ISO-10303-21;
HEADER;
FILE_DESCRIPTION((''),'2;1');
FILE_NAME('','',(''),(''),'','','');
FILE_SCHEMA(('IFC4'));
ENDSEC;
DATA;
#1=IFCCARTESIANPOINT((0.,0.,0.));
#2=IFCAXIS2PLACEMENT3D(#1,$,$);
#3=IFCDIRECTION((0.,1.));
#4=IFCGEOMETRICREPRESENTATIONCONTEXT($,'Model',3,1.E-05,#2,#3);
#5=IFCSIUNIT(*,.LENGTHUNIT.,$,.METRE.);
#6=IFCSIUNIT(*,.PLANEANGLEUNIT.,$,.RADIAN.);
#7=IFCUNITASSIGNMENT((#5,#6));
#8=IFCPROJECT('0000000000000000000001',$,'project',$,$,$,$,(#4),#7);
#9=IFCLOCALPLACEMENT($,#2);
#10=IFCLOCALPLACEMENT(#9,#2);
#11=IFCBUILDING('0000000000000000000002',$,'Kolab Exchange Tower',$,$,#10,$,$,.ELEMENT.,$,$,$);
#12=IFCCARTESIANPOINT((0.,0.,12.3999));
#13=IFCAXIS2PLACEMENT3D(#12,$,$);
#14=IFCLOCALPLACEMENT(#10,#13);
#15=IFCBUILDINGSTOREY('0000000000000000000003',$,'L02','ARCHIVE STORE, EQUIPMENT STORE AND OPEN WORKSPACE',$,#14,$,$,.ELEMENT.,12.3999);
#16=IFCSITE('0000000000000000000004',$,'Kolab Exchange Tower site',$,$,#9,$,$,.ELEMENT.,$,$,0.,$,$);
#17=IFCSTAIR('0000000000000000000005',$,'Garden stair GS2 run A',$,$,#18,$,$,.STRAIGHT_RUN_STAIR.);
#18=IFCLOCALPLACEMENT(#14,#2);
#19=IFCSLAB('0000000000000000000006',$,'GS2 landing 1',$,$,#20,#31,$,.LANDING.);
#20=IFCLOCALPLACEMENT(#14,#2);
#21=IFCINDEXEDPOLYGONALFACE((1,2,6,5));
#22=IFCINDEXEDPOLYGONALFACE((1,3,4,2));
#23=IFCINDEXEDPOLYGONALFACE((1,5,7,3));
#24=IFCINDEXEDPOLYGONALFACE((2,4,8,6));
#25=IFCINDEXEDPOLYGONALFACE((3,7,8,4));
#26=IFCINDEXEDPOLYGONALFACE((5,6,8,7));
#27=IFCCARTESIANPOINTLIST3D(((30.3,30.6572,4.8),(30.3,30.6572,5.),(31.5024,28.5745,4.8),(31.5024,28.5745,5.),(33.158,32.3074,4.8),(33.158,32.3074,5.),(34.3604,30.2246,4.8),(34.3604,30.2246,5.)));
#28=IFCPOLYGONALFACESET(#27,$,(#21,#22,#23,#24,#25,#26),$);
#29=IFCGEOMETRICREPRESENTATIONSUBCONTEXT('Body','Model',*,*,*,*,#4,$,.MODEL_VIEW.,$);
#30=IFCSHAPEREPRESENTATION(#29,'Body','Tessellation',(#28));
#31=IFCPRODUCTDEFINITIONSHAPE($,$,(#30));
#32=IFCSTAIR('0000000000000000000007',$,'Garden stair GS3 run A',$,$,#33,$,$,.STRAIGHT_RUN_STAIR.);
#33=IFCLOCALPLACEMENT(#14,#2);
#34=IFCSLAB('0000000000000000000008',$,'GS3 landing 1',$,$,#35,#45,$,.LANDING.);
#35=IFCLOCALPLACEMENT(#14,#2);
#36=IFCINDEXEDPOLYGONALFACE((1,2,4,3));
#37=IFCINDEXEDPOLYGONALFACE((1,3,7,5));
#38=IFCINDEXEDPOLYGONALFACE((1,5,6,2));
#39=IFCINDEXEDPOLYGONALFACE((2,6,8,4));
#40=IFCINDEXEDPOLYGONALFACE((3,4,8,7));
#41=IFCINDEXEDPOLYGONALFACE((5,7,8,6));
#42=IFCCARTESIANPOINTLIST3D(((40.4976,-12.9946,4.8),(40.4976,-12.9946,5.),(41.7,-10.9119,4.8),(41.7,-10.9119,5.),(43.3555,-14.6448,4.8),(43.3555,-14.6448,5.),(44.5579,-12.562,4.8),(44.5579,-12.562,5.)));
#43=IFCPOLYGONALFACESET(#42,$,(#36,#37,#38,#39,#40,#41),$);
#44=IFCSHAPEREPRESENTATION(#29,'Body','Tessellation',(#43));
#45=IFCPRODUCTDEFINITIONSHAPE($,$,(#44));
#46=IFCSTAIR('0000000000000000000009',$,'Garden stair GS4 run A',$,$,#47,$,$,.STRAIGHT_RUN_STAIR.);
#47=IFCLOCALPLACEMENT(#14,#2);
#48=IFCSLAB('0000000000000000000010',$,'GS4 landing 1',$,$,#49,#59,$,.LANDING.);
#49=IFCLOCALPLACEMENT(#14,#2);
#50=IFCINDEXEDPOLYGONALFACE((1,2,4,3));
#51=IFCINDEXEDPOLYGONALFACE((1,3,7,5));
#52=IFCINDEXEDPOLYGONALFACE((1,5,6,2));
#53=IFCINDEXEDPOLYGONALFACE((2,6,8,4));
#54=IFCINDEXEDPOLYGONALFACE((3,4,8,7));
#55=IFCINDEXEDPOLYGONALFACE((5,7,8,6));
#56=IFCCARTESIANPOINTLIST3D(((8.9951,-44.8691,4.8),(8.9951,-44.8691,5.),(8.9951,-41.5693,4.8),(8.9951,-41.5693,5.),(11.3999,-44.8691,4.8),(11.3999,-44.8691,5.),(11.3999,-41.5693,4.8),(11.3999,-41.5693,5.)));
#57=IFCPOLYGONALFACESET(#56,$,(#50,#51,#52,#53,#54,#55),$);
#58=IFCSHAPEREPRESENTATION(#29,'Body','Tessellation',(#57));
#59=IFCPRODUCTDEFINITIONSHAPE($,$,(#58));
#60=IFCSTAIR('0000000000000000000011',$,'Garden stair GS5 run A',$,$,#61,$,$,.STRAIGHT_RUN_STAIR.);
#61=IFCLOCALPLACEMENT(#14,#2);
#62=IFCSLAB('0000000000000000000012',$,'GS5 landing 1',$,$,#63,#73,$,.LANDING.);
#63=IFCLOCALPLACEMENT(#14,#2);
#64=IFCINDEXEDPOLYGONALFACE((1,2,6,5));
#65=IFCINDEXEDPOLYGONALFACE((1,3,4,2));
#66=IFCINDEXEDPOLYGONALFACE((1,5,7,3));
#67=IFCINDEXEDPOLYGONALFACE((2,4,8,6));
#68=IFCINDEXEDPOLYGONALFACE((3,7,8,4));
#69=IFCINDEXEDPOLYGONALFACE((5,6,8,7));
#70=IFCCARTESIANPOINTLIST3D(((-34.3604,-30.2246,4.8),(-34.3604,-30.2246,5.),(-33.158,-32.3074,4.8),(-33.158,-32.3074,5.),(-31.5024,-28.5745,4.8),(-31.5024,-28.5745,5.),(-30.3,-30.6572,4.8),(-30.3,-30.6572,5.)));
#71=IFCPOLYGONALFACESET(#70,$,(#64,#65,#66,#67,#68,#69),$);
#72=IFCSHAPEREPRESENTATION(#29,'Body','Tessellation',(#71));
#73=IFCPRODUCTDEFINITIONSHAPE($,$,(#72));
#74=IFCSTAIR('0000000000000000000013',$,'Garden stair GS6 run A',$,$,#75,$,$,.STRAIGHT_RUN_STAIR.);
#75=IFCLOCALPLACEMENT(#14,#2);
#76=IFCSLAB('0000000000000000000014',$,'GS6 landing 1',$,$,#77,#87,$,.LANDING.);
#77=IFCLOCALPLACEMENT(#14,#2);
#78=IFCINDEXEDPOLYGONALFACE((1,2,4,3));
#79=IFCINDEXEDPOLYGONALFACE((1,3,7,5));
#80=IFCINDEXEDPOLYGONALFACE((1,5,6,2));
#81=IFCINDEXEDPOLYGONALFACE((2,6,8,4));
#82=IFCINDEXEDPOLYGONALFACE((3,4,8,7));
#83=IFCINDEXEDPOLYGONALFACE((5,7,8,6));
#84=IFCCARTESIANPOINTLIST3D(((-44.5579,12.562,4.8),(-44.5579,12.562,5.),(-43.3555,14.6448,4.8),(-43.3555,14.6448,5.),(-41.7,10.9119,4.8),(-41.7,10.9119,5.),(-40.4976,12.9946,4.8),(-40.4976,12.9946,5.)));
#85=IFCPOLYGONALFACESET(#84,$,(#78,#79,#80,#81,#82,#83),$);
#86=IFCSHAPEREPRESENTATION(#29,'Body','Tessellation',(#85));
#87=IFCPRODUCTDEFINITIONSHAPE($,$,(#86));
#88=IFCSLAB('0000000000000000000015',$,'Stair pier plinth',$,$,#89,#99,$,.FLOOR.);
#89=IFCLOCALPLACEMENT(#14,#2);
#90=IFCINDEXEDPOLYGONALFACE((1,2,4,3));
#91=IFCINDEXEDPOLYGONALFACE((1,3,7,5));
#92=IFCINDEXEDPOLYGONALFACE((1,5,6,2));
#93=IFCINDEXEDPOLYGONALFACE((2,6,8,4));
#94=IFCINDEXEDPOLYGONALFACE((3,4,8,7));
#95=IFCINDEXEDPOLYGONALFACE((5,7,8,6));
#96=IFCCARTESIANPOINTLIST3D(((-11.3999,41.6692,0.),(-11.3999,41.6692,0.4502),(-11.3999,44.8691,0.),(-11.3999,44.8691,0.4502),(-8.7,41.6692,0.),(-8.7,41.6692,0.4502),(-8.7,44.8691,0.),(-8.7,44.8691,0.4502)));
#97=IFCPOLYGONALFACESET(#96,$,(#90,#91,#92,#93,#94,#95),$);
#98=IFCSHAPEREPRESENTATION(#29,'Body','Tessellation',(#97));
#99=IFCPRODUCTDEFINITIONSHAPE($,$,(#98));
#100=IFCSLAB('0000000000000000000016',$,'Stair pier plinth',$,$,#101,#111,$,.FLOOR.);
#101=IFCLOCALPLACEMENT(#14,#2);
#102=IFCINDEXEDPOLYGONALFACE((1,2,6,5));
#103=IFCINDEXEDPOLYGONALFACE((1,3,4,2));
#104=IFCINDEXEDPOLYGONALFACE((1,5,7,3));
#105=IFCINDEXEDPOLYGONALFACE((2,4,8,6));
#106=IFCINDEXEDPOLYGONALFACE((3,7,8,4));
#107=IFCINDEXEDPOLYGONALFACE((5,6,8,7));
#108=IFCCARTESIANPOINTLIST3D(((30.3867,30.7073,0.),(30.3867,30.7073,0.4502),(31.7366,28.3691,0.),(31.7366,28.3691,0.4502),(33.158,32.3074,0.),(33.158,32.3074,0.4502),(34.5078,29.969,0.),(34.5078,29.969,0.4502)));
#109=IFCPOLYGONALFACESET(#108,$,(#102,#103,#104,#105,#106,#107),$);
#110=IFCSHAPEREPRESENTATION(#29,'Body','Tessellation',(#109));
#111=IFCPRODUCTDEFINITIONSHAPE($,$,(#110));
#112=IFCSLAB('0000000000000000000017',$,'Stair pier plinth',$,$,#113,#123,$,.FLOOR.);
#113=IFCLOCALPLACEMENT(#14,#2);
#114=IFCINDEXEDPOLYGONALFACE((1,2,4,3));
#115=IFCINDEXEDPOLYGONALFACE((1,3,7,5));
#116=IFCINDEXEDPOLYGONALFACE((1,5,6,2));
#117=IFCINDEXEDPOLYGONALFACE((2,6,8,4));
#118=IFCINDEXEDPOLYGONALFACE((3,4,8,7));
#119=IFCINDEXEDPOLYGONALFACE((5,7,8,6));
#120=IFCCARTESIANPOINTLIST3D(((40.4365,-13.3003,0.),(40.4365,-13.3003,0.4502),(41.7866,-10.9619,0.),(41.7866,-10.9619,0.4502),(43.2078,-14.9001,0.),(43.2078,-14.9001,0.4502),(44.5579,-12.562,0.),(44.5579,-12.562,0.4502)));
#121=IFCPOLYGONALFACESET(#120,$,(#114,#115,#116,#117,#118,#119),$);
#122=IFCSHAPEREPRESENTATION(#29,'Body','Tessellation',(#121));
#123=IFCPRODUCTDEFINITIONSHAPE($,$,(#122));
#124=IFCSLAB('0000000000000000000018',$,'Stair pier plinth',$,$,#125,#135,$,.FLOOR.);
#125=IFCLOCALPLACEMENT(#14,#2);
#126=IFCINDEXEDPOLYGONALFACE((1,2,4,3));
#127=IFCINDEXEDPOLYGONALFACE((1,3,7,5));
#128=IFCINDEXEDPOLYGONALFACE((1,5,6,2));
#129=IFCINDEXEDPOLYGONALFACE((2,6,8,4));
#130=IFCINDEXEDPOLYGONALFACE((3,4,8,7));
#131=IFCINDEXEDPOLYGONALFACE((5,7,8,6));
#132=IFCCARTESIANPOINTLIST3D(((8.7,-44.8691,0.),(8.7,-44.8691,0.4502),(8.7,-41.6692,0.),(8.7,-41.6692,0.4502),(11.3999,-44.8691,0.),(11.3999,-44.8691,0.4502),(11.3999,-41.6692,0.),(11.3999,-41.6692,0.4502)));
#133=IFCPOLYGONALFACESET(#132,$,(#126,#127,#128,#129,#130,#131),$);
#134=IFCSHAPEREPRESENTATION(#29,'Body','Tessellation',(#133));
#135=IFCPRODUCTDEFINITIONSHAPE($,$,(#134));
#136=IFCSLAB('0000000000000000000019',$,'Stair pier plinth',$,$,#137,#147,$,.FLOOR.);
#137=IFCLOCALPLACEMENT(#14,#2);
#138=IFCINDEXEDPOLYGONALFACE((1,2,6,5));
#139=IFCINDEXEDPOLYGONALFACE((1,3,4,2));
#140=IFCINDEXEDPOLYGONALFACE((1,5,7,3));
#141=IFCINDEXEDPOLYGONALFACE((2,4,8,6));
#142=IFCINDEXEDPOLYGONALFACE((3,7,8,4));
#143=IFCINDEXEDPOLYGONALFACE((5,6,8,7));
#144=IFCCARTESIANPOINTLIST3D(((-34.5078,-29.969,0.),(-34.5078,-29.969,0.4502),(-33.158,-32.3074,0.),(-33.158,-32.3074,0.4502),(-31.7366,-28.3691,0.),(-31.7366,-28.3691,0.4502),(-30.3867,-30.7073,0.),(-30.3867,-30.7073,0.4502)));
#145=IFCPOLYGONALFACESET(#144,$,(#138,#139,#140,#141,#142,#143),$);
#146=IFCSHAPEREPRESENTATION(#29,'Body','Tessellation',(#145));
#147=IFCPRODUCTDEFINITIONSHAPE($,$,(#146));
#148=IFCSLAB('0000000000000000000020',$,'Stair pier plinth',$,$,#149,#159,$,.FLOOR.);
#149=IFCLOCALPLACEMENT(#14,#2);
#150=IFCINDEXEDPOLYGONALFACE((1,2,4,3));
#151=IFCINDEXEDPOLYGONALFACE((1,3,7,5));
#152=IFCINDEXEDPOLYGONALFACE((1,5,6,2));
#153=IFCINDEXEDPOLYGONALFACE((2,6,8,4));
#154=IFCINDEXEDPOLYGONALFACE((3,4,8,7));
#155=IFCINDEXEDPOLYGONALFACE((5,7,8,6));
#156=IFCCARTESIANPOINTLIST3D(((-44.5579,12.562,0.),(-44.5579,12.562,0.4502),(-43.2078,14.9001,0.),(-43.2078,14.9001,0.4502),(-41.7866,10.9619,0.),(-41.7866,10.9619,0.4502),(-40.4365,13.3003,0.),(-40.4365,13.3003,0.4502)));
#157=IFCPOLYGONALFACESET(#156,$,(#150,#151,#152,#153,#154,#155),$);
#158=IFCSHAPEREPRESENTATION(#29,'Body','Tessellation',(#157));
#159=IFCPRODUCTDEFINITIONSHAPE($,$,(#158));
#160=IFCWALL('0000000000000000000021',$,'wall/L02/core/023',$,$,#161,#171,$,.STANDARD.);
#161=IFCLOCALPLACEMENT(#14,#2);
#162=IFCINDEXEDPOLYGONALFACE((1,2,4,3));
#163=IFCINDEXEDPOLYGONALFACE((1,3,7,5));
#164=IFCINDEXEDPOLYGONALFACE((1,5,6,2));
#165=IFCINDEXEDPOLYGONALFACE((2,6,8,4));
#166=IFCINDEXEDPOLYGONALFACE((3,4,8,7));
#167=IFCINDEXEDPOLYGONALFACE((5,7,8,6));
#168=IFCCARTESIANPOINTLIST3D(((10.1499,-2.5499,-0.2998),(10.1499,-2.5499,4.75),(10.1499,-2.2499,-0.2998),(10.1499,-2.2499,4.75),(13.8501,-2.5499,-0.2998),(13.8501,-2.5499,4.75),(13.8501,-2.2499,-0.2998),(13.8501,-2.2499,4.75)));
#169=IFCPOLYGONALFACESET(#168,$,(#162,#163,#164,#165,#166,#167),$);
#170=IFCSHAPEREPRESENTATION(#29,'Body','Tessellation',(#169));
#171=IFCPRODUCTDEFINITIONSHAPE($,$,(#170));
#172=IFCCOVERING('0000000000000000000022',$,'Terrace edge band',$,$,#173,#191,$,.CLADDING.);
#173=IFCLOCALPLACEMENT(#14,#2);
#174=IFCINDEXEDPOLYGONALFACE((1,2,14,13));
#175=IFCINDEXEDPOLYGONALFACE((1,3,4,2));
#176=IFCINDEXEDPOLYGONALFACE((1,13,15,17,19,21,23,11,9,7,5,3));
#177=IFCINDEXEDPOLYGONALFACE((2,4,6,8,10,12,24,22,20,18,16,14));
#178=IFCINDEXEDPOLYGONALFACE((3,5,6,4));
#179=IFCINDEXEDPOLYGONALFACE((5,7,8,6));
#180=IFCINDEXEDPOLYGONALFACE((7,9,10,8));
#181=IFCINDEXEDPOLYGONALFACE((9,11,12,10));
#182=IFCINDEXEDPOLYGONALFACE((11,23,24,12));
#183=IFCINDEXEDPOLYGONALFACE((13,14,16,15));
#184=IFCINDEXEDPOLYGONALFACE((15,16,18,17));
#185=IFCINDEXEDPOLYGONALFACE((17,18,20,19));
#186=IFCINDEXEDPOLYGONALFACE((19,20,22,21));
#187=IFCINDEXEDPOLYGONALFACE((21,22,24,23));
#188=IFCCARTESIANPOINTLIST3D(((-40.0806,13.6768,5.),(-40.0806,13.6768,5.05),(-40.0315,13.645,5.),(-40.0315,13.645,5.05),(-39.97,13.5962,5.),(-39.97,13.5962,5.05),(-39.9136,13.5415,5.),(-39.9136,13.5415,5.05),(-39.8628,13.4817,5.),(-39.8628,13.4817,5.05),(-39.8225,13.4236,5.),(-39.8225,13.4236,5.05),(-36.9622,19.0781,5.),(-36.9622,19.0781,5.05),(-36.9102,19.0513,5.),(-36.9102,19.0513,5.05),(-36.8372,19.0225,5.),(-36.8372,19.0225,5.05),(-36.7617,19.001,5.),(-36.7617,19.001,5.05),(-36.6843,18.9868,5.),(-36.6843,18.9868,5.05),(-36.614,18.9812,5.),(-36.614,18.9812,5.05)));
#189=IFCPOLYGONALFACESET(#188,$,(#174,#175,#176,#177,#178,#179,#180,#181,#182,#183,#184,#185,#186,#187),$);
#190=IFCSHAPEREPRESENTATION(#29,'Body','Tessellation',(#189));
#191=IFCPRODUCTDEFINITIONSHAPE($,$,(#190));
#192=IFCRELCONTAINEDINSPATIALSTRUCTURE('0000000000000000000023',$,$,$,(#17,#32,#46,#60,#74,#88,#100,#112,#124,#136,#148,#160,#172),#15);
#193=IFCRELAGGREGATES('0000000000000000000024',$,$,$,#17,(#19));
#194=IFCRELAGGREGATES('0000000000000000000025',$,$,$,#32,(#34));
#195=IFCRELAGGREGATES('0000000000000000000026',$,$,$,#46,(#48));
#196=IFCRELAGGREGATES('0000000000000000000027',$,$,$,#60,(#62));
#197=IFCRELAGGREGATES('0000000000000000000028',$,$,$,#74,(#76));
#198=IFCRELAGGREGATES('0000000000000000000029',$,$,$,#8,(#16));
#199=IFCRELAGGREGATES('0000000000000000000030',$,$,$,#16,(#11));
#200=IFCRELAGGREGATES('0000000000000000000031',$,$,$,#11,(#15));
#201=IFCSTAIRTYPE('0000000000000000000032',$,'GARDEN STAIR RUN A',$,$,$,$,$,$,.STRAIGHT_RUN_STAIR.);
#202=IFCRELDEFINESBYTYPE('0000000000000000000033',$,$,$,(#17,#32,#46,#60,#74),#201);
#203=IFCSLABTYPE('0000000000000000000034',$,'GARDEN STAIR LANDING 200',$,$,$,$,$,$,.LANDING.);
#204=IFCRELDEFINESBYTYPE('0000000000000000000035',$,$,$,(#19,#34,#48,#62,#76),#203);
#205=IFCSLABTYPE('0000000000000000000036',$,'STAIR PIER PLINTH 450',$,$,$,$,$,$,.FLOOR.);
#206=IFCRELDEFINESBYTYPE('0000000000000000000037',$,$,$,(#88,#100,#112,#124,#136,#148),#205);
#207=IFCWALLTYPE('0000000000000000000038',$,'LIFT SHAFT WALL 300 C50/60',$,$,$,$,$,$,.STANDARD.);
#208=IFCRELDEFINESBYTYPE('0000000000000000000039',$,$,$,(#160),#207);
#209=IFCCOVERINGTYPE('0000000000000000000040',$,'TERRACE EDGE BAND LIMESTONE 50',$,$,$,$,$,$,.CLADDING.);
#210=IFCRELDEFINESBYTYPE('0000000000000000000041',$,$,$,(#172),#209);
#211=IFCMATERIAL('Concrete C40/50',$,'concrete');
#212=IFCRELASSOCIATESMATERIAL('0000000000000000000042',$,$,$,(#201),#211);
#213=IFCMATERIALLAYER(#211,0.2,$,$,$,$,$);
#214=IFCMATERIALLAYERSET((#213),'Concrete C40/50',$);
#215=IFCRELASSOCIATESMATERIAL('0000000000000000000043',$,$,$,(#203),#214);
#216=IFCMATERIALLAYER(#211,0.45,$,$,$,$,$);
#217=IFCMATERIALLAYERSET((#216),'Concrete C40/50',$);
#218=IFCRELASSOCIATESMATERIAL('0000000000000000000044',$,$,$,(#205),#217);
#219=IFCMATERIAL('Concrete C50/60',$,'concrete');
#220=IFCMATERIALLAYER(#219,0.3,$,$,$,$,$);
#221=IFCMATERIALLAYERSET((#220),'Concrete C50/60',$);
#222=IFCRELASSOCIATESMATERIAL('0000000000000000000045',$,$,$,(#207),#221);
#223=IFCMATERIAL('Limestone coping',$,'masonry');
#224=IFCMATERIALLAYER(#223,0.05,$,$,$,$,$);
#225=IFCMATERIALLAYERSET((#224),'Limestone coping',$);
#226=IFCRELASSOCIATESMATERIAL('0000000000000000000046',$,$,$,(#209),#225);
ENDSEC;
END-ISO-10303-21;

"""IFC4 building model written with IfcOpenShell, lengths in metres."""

from ifc_helpers import new_model, si_unit, direction, frame, frame_2d, origin, place, context, subcontext, project, spatial, polyline, rectangle, outline, extrude, material, layer, layer_set, type_object, element, aggregate, save


model = new_model("IFC4")

# Units and contexts
model_context = context("Model", 3, precision=1e-05, world=origin(), true_north=direction((0.0, 1.0)))
body_context = subcontext(model_context, "Body", "Model", "MODEL_VIEW")
ifc_project = project(units=[si_unit("LENGTHUNIT", "METRE"), si_unit("PLANEANGLEUNIT", "RADIAN")], contexts=[model_context])

# Site, building, storey
site_placement = place(None, origin())
site = spatial("IfcSite", under=ifc_project, at=site_placement, Name="Kolab Exchange Tower site", CompositionType="ELEMENT", RefElevation=0.0)
building_placement = place(site_placement, origin())
building = spatial("IfcBuilding", under=site, at=building_placement, Name="Kolab Exchange Tower", CompositionType="ELEMENT")
storey_placement = place(building_placement, frame((0.0, 0.0, 12.3999)))
storey = spatial("IfcBuildingStorey", under=building, at=storey_placement, Name="L02", Description="ARCHIVE STORE, EQUIPMENT STORE AND OPEN WORKSPACE", CompositionType="ELEMENT", Elevation=12.3999)

# Stairs, slabs
ifc_material_1 = material(Name="Concrete C40/50", Category="concrete")
stair_type = type_object("IfcStairType", Name="GARDEN STAIR RUN A", PredefinedType="STRAIGHT_RUN_STAIR", material=ifc_material_1)
stair_1_placement = place(storey_placement, origin())
stair_1 = element("IfcStair", 1, at=stair_1_placement, inside=storey, type_object=stair_type, Name="Garden stair GS2 run A", PredefinedType="STRAIGHT_RUN_STAIR")
ifc_layer_1 = layer(ifc_material_1, 0.2)
ifc_layer_set_1 = layer_set([ifc_layer_1], Name="Concrete C40/50")
slab_type_1 = type_object("IfcSlabType", Name="GARDEN STAIR LANDING 200", PredefinedType="LANDING", material=ifc_layer_set_1)
slab_1_placement = place(storey_placement, frame((0.0, 0.0, 4.8)))
slab_1 = element("IfcSlab", 2, at=slab_1_placement, type_object=slab_type_1, Name="GS2 landing 1", PredefinedType="LANDING", context=body_context, shape_type="SweptSolid", body=[
    extrude(outline(polyline([(30.3, 30.6572), (31.5024, 28.5745), (34.3604, 30.2246), (33.158, 32.3074), (30.3, 30.6572)])), origin(), (0.0, 0.0, 1.0), 0.2),
])
aggregate(stair_1, [slab_1])
stair_2_placement = place(storey_placement, origin())
stair_2 = element("IfcStair", 3, at=stair_2_placement, inside=storey, type_object=stair_type, Name="Garden stair GS3 run A", PredefinedType="STRAIGHT_RUN_STAIR")
slab_2_placement = place(storey_placement, frame((0.0, 0.0, 4.8)))
slab_2 = element("IfcSlab", 4, at=slab_2_placement, type_object=slab_type_1, Name="GS3 landing 1", PredefinedType="LANDING", context=body_context, shape_type="SweptSolid", body=[
    extrude(outline(polyline([(41.7, -10.9119), (40.4976, -12.9946), (43.3555, -14.6448), (44.5579, -12.562), (41.7, -10.9119)])), origin(), (0.0, 0.0, 1.0), 0.2),
])
aggregate(stair_2, [slab_2])
stair_3_placement = place(storey_placement, origin())
stair_3 = element("IfcStair", 5, at=stair_3_placement, inside=storey, type_object=stair_type, Name="Garden stair GS4 run A", PredefinedType="STRAIGHT_RUN_STAIR")
slab_3_placement = place(storey_placement, frame((0.0, 0.0, 4.8)))
slab_3 = element("IfcSlab", 6, at=slab_3_placement, type_object=slab_type_1, Name="GS4 landing 1", PredefinedType="LANDING", context=body_context, shape_type="SweptSolid", body=[
    extrude(outline(polyline([(11.3999, -41.5693), (8.9951, -41.5693), (8.9951, -44.8691), (11.3999, -44.8691), (11.3999, -41.5693)])), origin(), (0.0, 0.0, 1.0), 0.2),
])
aggregate(stair_3, [slab_3])
stair_4_placement = place(storey_placement, origin())
stair_4 = element("IfcStair", 7, at=stair_4_placement, inside=storey, type_object=stair_type, Name="Garden stair GS5 run A", PredefinedType="STRAIGHT_RUN_STAIR")
slab_4_placement = place(storey_placement, frame((0.0, 0.0, 4.8)))
slab_4 = element("IfcSlab", 8, at=slab_4_placement, type_object=slab_type_1, Name="GS5 landing 1", PredefinedType="LANDING", context=body_context, shape_type="SweptSolid", body=[
    extrude(outline(polyline([(-30.3, -30.6572), (-31.5024, -28.5745), (-34.3604, -30.2246), (-33.158, -32.3074), (-30.3, -30.6572)])), origin(), (0.0, 0.0, 1.0), 0.2),
])
aggregate(stair_4, [slab_4])
stair_5_placement = place(storey_placement, origin())
stair_5 = element("IfcStair", 9, at=stair_5_placement, inside=storey, type_object=stair_type, Name="Garden stair GS6 run A", PredefinedType="STRAIGHT_RUN_STAIR")
slab_5_placement = place(storey_placement, frame((0.0, 0.0, 4.8)))
slab_5 = element("IfcSlab", 10, at=slab_5_placement, type_object=slab_type_1, Name="GS6 landing 1", PredefinedType="LANDING", context=body_context, shape_type="SweptSolid", body=[
    extrude(outline(polyline([(-41.7, 10.9119), (-40.4976, 12.9946), (-43.3555, 14.6448), (-44.5579, 12.562), (-41.7, 10.9119)])), origin(), (0.0, 0.0, 1.0), 0.2),
])
aggregate(stair_5, [slab_5])

# Slabs
ifc_layer_2 = layer(ifc_material_1, 0.45)
ifc_layer_set_2 = layer_set([ifc_layer_2], Name="Concrete C40/50")
slab_type_2 = type_object("IfcSlabType", Name="STAIR PIER PLINTH 450", PredefinedType="FLOOR", material=ifc_layer_set_2)
slab_6_placement = place(storey_placement, origin())
element("IfcSlab", 11, at=slab_6_placement, inside=storey, type_object=slab_type_2, Name="Stair pier plinth", PredefinedType="FLOOR", context=body_context, shape_type="SweptSolid", body=[
    extrude(outline(polyline([(-11.3999, 41.6692), (-8.7, 41.6692), (-8.7, 44.8691), (-11.3999, 44.8691), (-11.3999, 41.6692)])), origin(), (0.0, 0.0, 1.0), 0.4502),
])
slab_7_placement = place(storey_placement, origin())
element("IfcSlab", 12, at=slab_7_placement, inside=storey, type_object=slab_type_2, Name="Stair pier plinth", PredefinedType="FLOOR", context=body_context, shape_type="SweptSolid", body=[
    extrude(outline(polyline([(30.3867, 30.7073), (31.7366, 28.3691), (34.5078, 29.969), (33.158, 32.3074), (30.3867, 30.7073)])), origin(), (0.0, 0.0, 1.0), 0.4502),
])
slab_8_placement = place(storey_placement, origin())
element("IfcSlab", 13, at=slab_8_placement, inside=storey, type_object=slab_type_2, Name="Stair pier plinth", PredefinedType="FLOOR", context=body_context, shape_type="SweptSolid", body=[
    extrude(outline(polyline([(41.7866, -10.9619), (40.4365, -13.3003), (43.2078, -14.9001), (44.5579, -12.562), (41.7866, -10.9619)])), origin(), (0.0, 0.0, 1.0), 0.4502),
])
slab_9_placement = place(storey_placement, origin())
element("IfcSlab", 14, at=slab_9_placement, inside=storey, type_object=slab_type_2, Name="Stair pier plinth", PredefinedType="FLOOR", context=body_context, shape_type="SweptSolid", body=[
    extrude(outline(polyline([(11.3999, -41.6692), (8.7, -41.6692), (8.7, -44.8691), (11.3999, -44.8691), (11.3999, -41.6692)])), origin(), (0.0, 0.0, 1.0), 0.4502),
])
slab_10_placement = place(storey_placement, origin())
element("IfcSlab", 15, at=slab_10_placement, inside=storey, type_object=slab_type_2, Name="Stair pier plinth", PredefinedType="FLOOR", context=body_context, shape_type="SweptSolid", body=[
    extrude(outline(polyline([(-30.3867, -30.7073), (-31.7366, -28.3691), (-34.5078, -29.969), (-33.158, -32.3074), (-30.3867, -30.7073)])), origin(), (0.0, 0.0, 1.0), 0.4502),
])
slab_11_placement = place(storey_placement, origin())
element("IfcSlab", 16, at=slab_11_placement, inside=storey, type_object=slab_type_2, Name="Stair pier plinth", PredefinedType="FLOOR", context=body_context, shape_type="SweptSolid", body=[
    extrude(outline(polyline([(-41.7866, 10.9619), (-40.4365, 13.3003), (-43.2078, 14.9001), (-44.5579, 12.562), (-41.7866, 10.9619)])), origin(), (0.0, 0.0, 1.0), 0.4502),
])

# Wall
ifc_material_2 = material(Name="Concrete C50/60", Category="concrete")
ifc_layer_3 = layer(ifc_material_2, 0.3)
ifc_layer_set_3 = layer_set([ifc_layer_3], Name="Concrete C50/60")
wall_type = type_object("IfcWallType", Name="LIFT SHAFT WALL 300 C50/60", PredefinedType="STANDARD", material=ifc_layer_set_3)
wall_placement = place(storey_placement, frame((10.1499, -2.3999, -0.2998), z_axis=(0.0, 0.0, 1.0), x_axis=(1.0, 0.0, 0.0)))
element("IfcWall", 17, at=wall_placement, inside=storey, type_object=wall_type, Name="wall/L02/core/023", PredefinedType="STANDARD", context=body_context, shape_type="SweptSolid", body=[
    extrude(rectangle(XDim=3.7002, YDim=0.3, at=frame_2d((1.8501, 0.0))), origin(), (0.0, 0.0, 1.0), 5.0498),
])

# Covering
ifc_material_3 = material(Name="Limestone coping", Category="masonry")
ifc_layer_4 = layer(ifc_material_3, 0.05)
ifc_layer_set_4 = layer_set([ifc_layer_4], Name="Limestone coping")
covering_type_1 = type_object("IfcCoveringType", Name="TERRACE EDGE BAND LIMESTONE 50", PredefinedType="CLADDING", material=ifc_layer_set_4)
covering_1_placement = place(storey_placement, frame((0.0, 0.0, 5.0)))
element("IfcCovering", 18, at=covering_1_placement, inside=storey, type_object=covering_type_1, Name="Terrace edge band", PredefinedType="CLADDING", context=body_context, shape_type="SweptSolid", body=[
    extrude(outline(polyline([(-36.9622, 19.0781), (-36.9102, 19.0513), (-36.8372, 19.0225), (-36.7617, 19.001), (-36.6843, 18.9868), (-36.614, 18.9812), (-39.8225, 13.4236), (-39.8628, 13.4817), (-39.9136, 13.5415), (-39.97, 13.5962), (-40.0315, 13.645), (-40.0806, 13.6768), (-36.9622, 19.0781)])), origin(), (0.0, 0.0, 1.0), 0.05),
])

save(model, "model.ifc")
